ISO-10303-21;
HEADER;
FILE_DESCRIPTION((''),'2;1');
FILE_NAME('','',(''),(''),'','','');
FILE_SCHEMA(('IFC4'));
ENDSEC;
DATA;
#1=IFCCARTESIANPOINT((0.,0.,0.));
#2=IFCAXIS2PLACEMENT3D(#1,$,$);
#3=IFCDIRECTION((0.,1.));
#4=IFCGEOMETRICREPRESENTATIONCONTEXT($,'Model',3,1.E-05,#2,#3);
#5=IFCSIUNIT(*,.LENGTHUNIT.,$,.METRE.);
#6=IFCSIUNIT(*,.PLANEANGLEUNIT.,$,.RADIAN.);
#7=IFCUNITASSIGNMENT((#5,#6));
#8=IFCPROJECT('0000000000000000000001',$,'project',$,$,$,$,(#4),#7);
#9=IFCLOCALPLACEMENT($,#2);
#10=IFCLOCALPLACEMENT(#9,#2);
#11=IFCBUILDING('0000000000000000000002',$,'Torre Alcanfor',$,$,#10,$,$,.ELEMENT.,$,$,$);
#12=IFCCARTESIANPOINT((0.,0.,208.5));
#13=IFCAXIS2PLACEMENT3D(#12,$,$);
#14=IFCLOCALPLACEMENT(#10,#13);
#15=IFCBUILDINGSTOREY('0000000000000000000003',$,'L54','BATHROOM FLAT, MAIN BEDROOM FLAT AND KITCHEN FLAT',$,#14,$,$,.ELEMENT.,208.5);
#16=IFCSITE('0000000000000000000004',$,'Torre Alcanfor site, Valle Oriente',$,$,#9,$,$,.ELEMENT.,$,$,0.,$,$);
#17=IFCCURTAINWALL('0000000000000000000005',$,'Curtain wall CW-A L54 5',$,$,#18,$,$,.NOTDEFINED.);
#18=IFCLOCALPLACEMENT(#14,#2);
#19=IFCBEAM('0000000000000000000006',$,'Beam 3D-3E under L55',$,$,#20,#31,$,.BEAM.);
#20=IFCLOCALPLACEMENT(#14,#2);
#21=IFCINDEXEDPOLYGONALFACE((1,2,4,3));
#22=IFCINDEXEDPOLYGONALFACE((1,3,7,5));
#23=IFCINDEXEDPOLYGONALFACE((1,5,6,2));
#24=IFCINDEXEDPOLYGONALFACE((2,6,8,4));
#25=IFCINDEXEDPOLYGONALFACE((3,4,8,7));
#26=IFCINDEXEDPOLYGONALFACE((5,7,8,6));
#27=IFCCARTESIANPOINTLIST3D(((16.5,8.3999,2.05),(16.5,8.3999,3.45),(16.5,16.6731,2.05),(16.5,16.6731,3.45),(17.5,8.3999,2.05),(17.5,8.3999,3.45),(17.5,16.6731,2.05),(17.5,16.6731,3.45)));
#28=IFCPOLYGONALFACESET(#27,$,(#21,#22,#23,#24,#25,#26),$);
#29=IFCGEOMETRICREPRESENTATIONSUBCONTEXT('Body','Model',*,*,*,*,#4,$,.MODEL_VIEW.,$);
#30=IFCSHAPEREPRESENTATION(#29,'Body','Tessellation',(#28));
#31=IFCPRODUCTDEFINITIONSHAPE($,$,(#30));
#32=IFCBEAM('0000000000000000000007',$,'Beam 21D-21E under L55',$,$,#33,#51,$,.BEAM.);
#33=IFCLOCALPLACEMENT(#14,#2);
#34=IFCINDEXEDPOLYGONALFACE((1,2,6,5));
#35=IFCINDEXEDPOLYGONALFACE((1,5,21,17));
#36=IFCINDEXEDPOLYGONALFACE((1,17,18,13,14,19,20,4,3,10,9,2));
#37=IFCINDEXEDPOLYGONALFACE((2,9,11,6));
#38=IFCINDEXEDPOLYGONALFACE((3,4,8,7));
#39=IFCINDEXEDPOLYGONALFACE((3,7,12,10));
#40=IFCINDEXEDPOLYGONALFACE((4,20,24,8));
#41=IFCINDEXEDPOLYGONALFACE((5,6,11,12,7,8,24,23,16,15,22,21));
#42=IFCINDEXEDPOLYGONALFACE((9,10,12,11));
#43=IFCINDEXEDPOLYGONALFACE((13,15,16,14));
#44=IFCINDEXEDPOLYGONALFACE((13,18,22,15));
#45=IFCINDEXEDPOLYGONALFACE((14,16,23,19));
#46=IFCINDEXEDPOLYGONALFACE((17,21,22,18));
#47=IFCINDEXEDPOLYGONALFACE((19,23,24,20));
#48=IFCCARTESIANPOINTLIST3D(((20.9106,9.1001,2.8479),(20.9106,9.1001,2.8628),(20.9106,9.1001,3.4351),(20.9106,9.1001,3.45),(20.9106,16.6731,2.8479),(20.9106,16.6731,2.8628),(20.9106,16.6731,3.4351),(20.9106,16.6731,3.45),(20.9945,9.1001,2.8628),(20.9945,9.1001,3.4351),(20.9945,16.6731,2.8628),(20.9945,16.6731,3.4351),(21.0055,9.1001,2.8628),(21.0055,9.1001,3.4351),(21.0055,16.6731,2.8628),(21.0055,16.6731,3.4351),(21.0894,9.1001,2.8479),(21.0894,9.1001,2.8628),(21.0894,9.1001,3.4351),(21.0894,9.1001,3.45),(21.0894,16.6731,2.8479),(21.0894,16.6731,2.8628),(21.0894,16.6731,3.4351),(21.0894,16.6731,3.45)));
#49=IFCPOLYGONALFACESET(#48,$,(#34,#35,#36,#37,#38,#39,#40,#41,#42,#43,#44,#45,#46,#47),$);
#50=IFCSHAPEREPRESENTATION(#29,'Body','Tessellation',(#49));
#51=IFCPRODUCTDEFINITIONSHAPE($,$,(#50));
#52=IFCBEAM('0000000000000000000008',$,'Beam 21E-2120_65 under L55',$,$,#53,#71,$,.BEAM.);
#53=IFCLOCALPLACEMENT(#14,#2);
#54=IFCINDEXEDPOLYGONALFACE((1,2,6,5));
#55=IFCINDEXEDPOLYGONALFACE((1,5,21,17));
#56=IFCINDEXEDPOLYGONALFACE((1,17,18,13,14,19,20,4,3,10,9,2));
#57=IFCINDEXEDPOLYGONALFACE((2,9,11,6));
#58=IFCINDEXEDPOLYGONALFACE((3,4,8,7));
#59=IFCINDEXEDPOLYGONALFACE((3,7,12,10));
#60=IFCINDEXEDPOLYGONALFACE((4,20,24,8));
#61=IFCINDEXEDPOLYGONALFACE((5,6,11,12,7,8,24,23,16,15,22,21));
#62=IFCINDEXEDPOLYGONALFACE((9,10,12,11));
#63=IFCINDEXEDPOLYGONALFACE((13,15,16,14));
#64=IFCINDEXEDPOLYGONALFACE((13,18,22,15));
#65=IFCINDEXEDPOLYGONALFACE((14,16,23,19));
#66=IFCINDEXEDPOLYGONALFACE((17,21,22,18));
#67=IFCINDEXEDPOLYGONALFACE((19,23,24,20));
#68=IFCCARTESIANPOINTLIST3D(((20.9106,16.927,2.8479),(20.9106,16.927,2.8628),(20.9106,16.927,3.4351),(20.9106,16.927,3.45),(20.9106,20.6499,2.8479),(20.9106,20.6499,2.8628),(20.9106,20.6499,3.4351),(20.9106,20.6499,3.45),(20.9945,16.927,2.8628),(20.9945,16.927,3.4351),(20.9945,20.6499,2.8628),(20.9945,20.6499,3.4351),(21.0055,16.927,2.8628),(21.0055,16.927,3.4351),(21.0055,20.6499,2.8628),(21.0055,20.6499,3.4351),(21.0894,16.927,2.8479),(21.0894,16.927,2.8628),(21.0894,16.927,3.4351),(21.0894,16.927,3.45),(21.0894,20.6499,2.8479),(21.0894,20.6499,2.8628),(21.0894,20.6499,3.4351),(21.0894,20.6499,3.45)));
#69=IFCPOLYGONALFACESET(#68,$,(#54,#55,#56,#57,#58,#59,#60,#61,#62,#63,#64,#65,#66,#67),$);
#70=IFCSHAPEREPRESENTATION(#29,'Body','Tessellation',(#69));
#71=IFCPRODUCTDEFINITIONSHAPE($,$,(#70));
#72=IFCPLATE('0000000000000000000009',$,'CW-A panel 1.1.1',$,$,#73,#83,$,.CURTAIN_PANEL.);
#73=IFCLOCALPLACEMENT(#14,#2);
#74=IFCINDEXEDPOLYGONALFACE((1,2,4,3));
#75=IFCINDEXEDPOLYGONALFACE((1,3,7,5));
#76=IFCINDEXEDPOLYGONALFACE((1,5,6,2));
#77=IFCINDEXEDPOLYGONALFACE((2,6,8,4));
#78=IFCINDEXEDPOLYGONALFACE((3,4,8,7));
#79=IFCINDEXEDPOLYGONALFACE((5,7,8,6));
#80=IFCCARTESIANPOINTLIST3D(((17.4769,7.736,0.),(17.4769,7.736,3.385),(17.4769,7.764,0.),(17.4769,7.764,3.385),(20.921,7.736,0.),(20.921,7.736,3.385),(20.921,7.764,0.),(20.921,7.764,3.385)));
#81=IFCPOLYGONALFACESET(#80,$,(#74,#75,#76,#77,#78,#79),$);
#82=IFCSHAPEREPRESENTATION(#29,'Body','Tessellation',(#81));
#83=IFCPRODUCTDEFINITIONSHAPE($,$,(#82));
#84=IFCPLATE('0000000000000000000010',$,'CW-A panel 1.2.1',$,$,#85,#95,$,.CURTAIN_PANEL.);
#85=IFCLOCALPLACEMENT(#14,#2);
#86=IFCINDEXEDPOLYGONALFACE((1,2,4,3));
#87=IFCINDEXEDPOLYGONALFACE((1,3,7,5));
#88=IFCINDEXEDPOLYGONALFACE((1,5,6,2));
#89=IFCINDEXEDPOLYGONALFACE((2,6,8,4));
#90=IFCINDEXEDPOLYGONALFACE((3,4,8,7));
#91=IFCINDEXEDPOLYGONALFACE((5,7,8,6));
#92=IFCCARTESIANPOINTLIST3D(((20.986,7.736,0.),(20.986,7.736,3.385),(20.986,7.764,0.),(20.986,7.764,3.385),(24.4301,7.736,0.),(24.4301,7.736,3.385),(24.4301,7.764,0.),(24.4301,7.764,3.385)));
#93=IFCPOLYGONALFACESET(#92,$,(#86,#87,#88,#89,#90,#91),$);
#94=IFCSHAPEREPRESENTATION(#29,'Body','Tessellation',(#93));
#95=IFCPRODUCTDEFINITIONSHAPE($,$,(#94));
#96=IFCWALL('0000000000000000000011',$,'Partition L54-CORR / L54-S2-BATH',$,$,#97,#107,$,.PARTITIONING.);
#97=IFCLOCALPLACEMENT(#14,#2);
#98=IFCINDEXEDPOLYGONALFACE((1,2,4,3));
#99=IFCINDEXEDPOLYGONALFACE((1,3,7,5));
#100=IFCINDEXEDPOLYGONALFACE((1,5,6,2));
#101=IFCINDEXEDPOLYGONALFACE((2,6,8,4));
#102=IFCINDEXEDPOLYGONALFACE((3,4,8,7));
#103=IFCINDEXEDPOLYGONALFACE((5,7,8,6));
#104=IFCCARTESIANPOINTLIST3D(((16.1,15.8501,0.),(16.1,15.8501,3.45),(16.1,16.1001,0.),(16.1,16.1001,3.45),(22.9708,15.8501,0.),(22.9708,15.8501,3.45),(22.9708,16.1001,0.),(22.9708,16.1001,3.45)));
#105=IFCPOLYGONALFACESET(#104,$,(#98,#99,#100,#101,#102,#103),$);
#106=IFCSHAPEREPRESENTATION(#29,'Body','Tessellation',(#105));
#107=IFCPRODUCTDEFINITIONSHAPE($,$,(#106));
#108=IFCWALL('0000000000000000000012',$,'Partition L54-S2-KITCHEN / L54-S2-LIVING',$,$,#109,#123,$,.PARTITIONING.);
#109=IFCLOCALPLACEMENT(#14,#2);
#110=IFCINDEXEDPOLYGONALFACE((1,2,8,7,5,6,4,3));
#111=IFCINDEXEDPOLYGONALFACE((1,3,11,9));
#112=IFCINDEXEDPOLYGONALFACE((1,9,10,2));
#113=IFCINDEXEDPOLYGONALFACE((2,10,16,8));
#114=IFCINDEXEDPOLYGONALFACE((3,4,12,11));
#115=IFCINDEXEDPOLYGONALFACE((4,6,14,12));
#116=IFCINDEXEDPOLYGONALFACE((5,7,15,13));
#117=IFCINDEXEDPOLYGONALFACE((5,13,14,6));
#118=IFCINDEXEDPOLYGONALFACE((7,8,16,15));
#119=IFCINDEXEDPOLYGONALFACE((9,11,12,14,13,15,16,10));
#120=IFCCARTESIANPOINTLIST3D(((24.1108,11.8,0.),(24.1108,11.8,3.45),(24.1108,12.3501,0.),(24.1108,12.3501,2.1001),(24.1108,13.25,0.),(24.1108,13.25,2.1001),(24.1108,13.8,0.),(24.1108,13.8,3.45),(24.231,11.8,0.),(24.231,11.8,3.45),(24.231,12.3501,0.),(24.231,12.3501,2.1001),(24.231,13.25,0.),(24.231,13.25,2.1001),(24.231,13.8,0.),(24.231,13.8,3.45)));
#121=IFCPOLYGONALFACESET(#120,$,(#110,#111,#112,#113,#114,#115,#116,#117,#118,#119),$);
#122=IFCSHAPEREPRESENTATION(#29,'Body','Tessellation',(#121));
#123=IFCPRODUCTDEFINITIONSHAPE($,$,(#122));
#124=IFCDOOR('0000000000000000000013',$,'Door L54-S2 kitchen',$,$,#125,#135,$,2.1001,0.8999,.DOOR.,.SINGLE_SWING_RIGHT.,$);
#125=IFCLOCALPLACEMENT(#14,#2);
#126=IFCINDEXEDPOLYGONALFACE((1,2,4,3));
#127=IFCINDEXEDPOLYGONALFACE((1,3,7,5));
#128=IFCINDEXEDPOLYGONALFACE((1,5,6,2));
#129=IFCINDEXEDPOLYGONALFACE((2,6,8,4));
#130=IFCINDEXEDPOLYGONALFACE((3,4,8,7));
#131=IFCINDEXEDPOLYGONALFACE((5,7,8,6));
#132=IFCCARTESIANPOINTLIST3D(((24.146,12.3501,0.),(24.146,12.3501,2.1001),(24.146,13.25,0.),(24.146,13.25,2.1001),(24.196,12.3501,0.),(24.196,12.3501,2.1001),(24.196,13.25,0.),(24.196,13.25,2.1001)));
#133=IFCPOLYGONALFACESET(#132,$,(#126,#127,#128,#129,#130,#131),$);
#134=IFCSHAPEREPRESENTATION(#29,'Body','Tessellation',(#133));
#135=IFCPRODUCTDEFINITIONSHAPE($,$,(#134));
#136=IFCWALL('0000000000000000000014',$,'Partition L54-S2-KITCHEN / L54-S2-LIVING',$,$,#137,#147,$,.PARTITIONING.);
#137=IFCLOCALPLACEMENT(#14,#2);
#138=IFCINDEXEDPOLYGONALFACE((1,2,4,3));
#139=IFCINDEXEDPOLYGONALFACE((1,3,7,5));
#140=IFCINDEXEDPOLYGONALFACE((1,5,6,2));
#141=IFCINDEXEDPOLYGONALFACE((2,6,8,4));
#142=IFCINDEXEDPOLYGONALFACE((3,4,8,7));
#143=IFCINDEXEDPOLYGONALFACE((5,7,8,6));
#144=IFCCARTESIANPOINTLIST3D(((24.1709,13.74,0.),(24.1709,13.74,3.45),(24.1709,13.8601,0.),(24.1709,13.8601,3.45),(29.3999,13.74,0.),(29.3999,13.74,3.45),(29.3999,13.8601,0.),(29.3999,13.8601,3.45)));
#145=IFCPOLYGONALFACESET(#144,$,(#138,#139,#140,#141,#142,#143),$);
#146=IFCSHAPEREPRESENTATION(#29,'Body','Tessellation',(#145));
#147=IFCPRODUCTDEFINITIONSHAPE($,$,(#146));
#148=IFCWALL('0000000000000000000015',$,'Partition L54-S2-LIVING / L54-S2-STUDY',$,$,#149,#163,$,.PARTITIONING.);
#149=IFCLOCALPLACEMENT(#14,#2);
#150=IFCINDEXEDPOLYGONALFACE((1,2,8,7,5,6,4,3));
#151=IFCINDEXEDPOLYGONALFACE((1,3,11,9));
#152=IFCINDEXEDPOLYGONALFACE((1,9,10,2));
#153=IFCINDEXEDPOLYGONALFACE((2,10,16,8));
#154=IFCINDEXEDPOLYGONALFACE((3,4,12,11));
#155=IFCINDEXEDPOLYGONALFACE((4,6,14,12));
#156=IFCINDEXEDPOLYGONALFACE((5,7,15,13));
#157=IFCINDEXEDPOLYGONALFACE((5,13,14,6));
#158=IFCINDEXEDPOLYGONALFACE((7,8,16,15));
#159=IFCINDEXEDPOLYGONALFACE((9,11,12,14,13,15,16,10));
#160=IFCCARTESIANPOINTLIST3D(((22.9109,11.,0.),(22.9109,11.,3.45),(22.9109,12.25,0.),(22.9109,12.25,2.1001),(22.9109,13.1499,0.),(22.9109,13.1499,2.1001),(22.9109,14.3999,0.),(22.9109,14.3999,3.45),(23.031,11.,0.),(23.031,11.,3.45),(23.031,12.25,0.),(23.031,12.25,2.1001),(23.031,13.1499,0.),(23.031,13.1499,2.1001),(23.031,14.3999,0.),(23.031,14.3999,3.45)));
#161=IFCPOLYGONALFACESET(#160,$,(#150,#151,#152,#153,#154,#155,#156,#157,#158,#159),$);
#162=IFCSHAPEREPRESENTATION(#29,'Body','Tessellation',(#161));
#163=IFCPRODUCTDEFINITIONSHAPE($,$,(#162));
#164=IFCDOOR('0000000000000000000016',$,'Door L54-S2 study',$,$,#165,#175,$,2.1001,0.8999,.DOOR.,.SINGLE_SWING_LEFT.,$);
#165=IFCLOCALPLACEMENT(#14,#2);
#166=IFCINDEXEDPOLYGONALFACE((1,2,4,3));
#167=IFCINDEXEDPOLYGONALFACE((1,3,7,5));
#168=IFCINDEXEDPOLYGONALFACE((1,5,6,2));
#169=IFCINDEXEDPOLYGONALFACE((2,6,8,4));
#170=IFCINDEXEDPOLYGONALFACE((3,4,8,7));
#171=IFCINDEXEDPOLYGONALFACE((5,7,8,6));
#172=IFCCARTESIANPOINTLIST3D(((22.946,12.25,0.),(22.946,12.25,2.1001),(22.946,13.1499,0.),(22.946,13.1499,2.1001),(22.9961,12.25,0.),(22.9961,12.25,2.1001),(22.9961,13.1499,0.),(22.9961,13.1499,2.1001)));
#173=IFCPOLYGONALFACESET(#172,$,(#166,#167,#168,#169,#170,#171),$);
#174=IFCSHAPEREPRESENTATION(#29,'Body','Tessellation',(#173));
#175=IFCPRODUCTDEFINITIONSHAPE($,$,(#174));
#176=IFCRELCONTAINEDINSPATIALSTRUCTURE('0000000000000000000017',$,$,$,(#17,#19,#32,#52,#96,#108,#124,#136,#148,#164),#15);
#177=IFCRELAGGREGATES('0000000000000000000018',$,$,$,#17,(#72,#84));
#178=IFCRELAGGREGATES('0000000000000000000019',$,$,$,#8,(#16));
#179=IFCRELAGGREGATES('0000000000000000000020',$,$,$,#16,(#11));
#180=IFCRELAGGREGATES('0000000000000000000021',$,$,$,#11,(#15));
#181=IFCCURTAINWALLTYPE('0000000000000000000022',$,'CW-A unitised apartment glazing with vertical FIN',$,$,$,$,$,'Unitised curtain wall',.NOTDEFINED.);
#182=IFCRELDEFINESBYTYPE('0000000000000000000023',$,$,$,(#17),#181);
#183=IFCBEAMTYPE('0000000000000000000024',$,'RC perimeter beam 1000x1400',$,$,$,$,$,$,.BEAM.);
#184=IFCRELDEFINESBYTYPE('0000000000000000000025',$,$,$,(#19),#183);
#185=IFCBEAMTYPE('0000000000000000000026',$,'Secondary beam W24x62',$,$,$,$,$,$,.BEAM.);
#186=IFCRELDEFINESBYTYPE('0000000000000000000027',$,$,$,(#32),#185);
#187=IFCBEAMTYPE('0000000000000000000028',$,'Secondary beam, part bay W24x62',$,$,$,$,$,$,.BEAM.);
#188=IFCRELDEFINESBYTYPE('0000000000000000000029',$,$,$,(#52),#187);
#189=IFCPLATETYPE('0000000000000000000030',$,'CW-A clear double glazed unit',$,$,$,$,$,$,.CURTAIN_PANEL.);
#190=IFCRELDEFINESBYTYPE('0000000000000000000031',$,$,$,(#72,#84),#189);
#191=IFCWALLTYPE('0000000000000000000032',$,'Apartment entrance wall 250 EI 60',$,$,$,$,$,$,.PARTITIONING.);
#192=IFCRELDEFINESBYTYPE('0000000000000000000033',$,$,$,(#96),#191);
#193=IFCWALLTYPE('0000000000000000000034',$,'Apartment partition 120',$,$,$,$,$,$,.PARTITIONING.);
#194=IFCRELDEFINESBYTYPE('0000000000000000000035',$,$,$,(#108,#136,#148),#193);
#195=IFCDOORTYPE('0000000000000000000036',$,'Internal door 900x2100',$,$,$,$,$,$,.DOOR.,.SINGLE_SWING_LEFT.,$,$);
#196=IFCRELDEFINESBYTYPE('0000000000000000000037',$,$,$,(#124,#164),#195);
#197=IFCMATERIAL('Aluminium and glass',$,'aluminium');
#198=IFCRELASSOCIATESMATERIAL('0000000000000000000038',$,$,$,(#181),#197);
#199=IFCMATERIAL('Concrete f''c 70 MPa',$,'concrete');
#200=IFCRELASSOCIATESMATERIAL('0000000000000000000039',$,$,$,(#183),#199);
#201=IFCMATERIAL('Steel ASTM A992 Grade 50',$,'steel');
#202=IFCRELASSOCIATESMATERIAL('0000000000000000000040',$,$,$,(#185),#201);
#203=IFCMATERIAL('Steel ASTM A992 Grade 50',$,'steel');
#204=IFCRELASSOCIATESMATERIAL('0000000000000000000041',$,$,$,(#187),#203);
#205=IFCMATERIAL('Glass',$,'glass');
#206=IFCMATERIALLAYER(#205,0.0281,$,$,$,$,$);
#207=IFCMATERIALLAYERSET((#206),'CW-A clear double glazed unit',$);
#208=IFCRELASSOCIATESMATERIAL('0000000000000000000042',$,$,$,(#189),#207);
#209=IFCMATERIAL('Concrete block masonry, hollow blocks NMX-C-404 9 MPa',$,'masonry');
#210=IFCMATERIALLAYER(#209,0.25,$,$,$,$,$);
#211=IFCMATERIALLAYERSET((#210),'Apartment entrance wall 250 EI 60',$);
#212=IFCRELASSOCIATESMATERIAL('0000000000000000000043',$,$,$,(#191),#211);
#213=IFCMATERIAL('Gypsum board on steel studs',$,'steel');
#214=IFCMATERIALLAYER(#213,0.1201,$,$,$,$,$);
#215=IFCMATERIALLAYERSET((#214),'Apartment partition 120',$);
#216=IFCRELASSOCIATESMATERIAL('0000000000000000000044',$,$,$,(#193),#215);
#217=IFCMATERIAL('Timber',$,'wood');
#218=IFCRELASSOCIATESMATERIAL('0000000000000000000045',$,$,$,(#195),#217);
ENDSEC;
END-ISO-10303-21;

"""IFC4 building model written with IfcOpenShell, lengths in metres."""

from ifc_helpers import new_model, si_unit, direction, frame, frame_2d, origin, origin_2d, place, context, subcontext, project, spatial, rectangle, i_section, extrude, material, layer, layer_set, material_profile, profile_set, type_object, element, fill, aggregate, save


model = new_model("IFC4")

# Units and contexts
model_context = context("Model", 3, precision=1e-05, world=origin(), true_north=direction((0.0, 1.0)))
body_context = subcontext(model_context, "Body", "Model", "MODEL_VIEW")
ifc_project = project(units=[si_unit("LENGTHUNIT", "METRE"), si_unit("PLANEANGLEUNIT", "RADIAN")], contexts=[model_context])

# Site, building, storey
site_placement = place(None, origin())
site = spatial("IfcSite", under=ifc_project, at=site_placement, Name="Torre Alcanfor site, Valle Oriente", CompositionType="ELEMENT", RefElevation=0.0)
building_placement = place(site_placement, origin())
building = spatial("IfcBuilding", under=site, at=building_placement, Name="Torre Alcanfor", CompositionType="ELEMENT")
storey_placement = place(building_placement, frame((0.0, 0.0, 208.5)))
storey = spatial("IfcBuildingStorey", under=building, at=storey_placement, Name="L54", Description="BATHROOM FLAT, MAIN BEDROOM FLAT AND KITCHEN FLAT", CompositionType="ELEMENT", Elevation=208.5)

# Curtain wall
ifc_material_1 = material(Name="Aluminium and glass", Category="aluminium")
curtain_wall_type = type_object("IfcCurtainWallType", Name="CW-A unitised apartment glazing with vertical FIN", ElementType="Unitised curtain wall", PredefinedType="NOTDEFINED", material=ifc_material_1)
curtain_wall_placement = place(storey_placement, origin())
curtain_wall = element("IfcCurtainWall", 1, at=curtain_wall_placement, inside=storey, type_object=curtain_wall_type, Name="Curtain wall CW-A L54 5", PredefinedType="NOTDEFINED")

# Beams
ifc_material_2 = material(Name="Concrete f'c 70 MPa", Category="concrete")
ifc_material_profile_1 = material_profile(ifc_material_2, rectangle(XDim=1.0, YDim=1.3999, at=origin_2d()), Name="1000x1400")
ifc_profile_set_1 = profile_set([ifc_material_profile_1], Name="Concrete f'c 70 MPa")
beam_type_1 = type_object("IfcBeamType", Name="RC perimeter beam 1000x1400", PredefinedType="BEAM", material=ifc_profile_set_1)
beam_1_placement = place(storey_placement, frame((17.0, 8.3999, 2.75), z_axis=(0.0, 1.0, 0.0), x_axis=(-1.0, 0.0, 0.0)))
element("IfcBeam", 2, at=beam_1_placement, inside=storey, type_object=beam_type_1, Name="Beam 3D-3E under L55", PredefinedType="BEAM", context=body_context, shape_type="SweptSolid", body=[
    extrude(rectangle(XDim=1.0, YDim=1.3999, at=origin_2d()), origin(), (0.0, 0.0, 1.0), 8.2732),
])
ifc_material_3 = material(Name="Steel ASTM A992 Grade 50", Category="steel")
ifc_material_profile_2 = material_profile(ifc_material_3, i_section(OverallWidth=0.1787, OverallDepth=0.6021, WebThickness=0.011, FlangeThickness=0.0149, at=origin_2d()), Name="W24x62")
ifc_profile_set_2 = profile_set([ifc_material_profile_2], Name="Steel ASTM A992 Grade 50")
beam_type_2 = type_object("IfcBeamType", Name="Secondary beam W24x62", PredefinedType="BEAM", material=ifc_profile_set_2)
beam_2_placement = place(storey_placement, frame((21.0, 9.1001, 3.1489), z_axis=(0.0, 1.0, 0.0), x_axis=(-1.0, 0.0, 0.0)))
element("IfcBeam", 3, at=beam_2_placement, inside=storey, type_object=beam_type_2, Name="Beam 21D-21E under L55", PredefinedType="BEAM", context=body_context, shape_type="SweptSolid", body=[
    extrude(i_section(OverallWidth=0.1787, OverallDepth=0.6021, WebThickness=0.011, FlangeThickness=0.0149, at=origin_2d()), origin(), (0.0, 0.0, 1.0), 7.573),
])
ifc_material_4 = material(Name="Steel ASTM A992 Grade 50", Category="steel")
ifc_material_profile_3 = material_profile(ifc_material_4, i_section(OverallWidth=0.1787, OverallDepth=0.6021, WebThickness=0.011, FlangeThickness=0.0149, at=origin_2d()), Name="W24x62")
ifc_profile_set_3 = profile_set([ifc_material_profile_3], Name="Steel ASTM A992 Grade 50")
beam_type_3 = type_object("IfcBeamType", Name="Secondary beam, part bay W24x62", PredefinedType="BEAM", material=ifc_profile_set_3)
beam_3_placement = place(storey_placement, frame((21.0, 16.927, 3.1489), z_axis=(0.0, 1.0, 0.0), x_axis=(-1.0, 0.0, 0.0)))
element("IfcBeam", 4, at=beam_3_placement, inside=storey, type_object=beam_type_3, Name="Beam 21E-2120_65 under L55", PredefinedType="BEAM", context=body_context, shape_type="SweptSolid", body=[
    extrude(i_section(OverallWidth=0.1787, OverallDepth=0.6021, WebThickness=0.011, FlangeThickness=0.0149, at=origin_2d()), origin(), (0.0, 0.0, 1.0), 3.7229),
])

# Plates
ifc_material_5 = material(Name="Glass", Category="glass")
ifc_layer_1 = layer(ifc_material_5, 0.0281)
ifc_layer_set_1 = layer_set([ifc_layer_1], Name="CW-A clear double glazed unit")
plate_type = type_object("IfcPlateType", Name="CW-A clear double glazed unit", PredefinedType="CURTAIN_PANEL", material=ifc_layer_set_1)
plate_1_placement = place(storey_placement, frame((19.199, 7.75, 0.0), z_axis=(0.0, 0.0, 1.0), x_axis=(1.0, 0.0, 0.0)))
plate_1 = element("IfcPlate", 5, at=plate_1_placement, type_object=plate_type, Name="CW-A panel 1.1.1", PredefinedType="CURTAIN_PANEL", context=body_context, shape_type="SweptSolid", body=[
    extrude(rectangle(XDim=3.4441, YDim=0.0281, at=origin_2d()), origin(), (0.0, 0.0, 1.0), 3.385),
])
plate_2_placement = place(storey_placement, frame((22.708, 7.75, 0.0), z_axis=(0.0, 0.0, 1.0), x_axis=(1.0, 0.0, 0.0)))
plate_2 = element("IfcPlate", 6, at=plate_2_placement, type_object=plate_type, Name="CW-A panel 1.2.1", PredefinedType="CURTAIN_PANEL", context=body_context, shape_type="SweptSolid", body=[
    extrude(rectangle(XDim=3.4441, YDim=0.0281, at=origin_2d()), origin(), (0.0, 0.0, 1.0), 3.385),
])
aggregate(curtain_wall, [plate_1, plate_2])

# Wall
ifc_material_6 = material(Name="Concrete block masonry, hollow blocks NMX-C-404 9 MPa", Category="masonry")
ifc_layer_2 = layer(ifc_material_6, 0.25)
ifc_layer_set_2 = layer_set([ifc_layer_2], Name="Apartment entrance wall 250 EI 60")
wall_type_1 = type_object("IfcWallType", Name="Apartment entrance wall 250 EI 60", PredefinedType="PARTITIONING", material=ifc_layer_set_2)
wall_1_placement = place(storey_placement, frame((22.9709, 15.9751, 0.0), z_axis=(0.0, 0.0, 1.0), x_axis=(-1.0, 0.0, 0.0)))
element("IfcWall", 7, at=wall_1_placement, inside=storey, type_object=wall_type_1, Name="Partition L54-CORR / L54-S2-BATH", PredefinedType="PARTITIONING", context=body_context, shape_type="SweptSolid", body=[
    extrude(rectangle(XDim=6.8708, YDim=0.25, at=frame_2d((3.4355, 0.0))), origin(), (0.0, 0.0, 1.0), 3.45),
])

# Wall, opening, door
ifc_material_7 = material(Name="Gypsum board on steel studs", Category="steel")
ifc_layer_3 = layer(ifc_material_7, 0.1201)
ifc_layer_set_3 = layer_set([ifc_layer_3], Name="Apartment partition 120")
wall_type_2 = type_object("IfcWallType", Name="Apartment partition 120", PredefinedType="PARTITIONING", material=ifc_layer_set_3)
wall_2_placement = place(storey_placement, frame((24.1709, 11.8, 0.0), z_axis=(0.0, 0.0, 1.0), x_axis=(0.0, 1.0, 0.0)))
wall_2 = element("IfcWall", 8, at=wall_2_placement, inside=storey, type_object=wall_type_2, Name="Partition L54-S2-KITCHEN / L54-S2-LIVING", PredefinedType="PARTITIONING", context=body_context, shape_type="SweptSolid", body=[
    extrude(rectangle(XDim=2.0, YDim=0.1201, at=frame_2d((1.0, 0.0))), origin(), (0.0, 0.0, 1.0), 3.45),
])
opening_1_placement = place(wall_2_placement, frame((0.55, 0.0, 0.0)))
opening_1 = element("IfcOpeningElement", 9, at=opening_1_placement, cuts=wall_2, PredefinedType="OPENING", context=body_context, shape_type="SweptSolid", body=[
    extrude(rectangle(XDim=0.8999, YDim=2.1001, at=frame_2d((0.45, 1.05))), frame((0.0, 0.0701, 0.0), z_axis=(0.0, -1.0, 0.0), x_axis=(1.0, 0.0, 0.0)), (0.0, 0.0, 1.0), 0.1401),
])
ifc_material_8 = material(Name="Timber", Category="wood")
door_type_1 = type_object("IfcDoorType", Name="Internal door 900x2100", OperationType="SINGLE_SWING_LEFT", PredefinedType="DOOR", material=ifc_material_8)
door_1_placement = place(opening_1_placement, frame((0.8999, 0.0, 0.0), z_axis=(0.0, 0.0, 1.0), x_axis=(-1.0, 0.0, 0.0)))
door_1 = element("IfcDoor", 10, at=door_1_placement, inside=storey, type_object=door_type_1, Name="Door L54-S2 kitchen", OperationType="SINGLE_SWING_RIGHT", OverallHeight=2.1001, OverallWidth=0.8999, PredefinedType="DOOR", context=body_context, shape_type="SweptSolid", body=[
    extrude(rectangle(XDim=0.8999, YDim=2.1001, at=frame_2d((0.45, 1.05))), frame((0.0, 0.0251, 0.0), z_axis=(0.0, -1.0, 0.0), x_axis=(1.0, 0.0, 0.0)), (0.0, 0.0, 1.0), 0.05),
])
fill(opening_1, door_1)

# Wall
wall_3_placement = place(storey_placement, frame((24.1709, 13.8, 0.0), z_axis=(0.0, 0.0, 1.0), x_axis=(1.0, 0.0, 0.0)))
element("IfcWall", 11, at=wall_3_placement, inside=storey, type_object=wall_type_2, Name="Partition L54-S2-KITCHEN / L54-S2-LIVING", PredefinedType="PARTITIONING", context=body_context, shape_type="SweptSolid", body=[
    extrude(rectangle(XDim=5.229, YDim=0.1201, at=frame_2d((2.6145, 0.0))), origin(), (0.0, 0.0, 1.0), 3.45),
])

# Wall, opening, door
wall_4_placement = place(storey_placement, frame((22.9709, 11.0, 0.0), z_axis=(0.0, 0.0, 1.0), x_axis=(0.0, 1.0, 0.0)))
wall_4 = element("IfcWall", 12, at=wall_4_placement, inside=storey, type_object=wall_type_2, Name="Partition L54-S2-LIVING / L54-S2-STUDY", PredefinedType="PARTITIONING", context=body_context, shape_type="SweptSolid", body=[
    extrude(rectangle(XDim=3.3999, YDim=0.1201, at=frame_2d((1.7, 0.0))), origin(), (0.0, 0.0, 1.0), 3.45),
])
opening_2_placement = place(wall_4_placement, frame((1.25, 0.0, 0.0)))
opening_2 = element("IfcOpeningElement", 13, at=opening_2_placement, cuts=wall_4, PredefinedType="OPENING", context=body_context, shape_type="SweptSolid", body=[
    extrude(rectangle(XDim=0.8999, YDim=2.1001, at=frame_2d((0.45, 1.05))), frame((0.0, 0.0701, 0.0), z_axis=(0.0, -1.0, 0.0), x_axis=(1.0, 0.0, 0.0)), (0.0, 0.0, 1.0), 0.1401),
])
door_2_placement = place(opening_2_placement, origin())
door_2 = element("IfcDoor", 14, at=door_2_placement, inside=storey, type_object=door_type_1, Name="Door L54-S2 study", OperationType="SINGLE_SWING_LEFT", OverallHeight=2.1001, OverallWidth=0.8999, PredefinedType="DOOR", context=body_context, shape_type="SweptSolid", body=[
    extrude(rectangle(XDim=0.8999, YDim=2.1001, at=frame_2d((0.45, 1.05))), frame((0.0, 0.0249, 0.0), z_axis=(0.0, -1.0, 0.0), x_axis=(1.0, 0.0, 0.0)), (0.0, 0.0, 1.0), 0.05),
])
fill(opening_2, door_2)

save(model, "model.ifc")
